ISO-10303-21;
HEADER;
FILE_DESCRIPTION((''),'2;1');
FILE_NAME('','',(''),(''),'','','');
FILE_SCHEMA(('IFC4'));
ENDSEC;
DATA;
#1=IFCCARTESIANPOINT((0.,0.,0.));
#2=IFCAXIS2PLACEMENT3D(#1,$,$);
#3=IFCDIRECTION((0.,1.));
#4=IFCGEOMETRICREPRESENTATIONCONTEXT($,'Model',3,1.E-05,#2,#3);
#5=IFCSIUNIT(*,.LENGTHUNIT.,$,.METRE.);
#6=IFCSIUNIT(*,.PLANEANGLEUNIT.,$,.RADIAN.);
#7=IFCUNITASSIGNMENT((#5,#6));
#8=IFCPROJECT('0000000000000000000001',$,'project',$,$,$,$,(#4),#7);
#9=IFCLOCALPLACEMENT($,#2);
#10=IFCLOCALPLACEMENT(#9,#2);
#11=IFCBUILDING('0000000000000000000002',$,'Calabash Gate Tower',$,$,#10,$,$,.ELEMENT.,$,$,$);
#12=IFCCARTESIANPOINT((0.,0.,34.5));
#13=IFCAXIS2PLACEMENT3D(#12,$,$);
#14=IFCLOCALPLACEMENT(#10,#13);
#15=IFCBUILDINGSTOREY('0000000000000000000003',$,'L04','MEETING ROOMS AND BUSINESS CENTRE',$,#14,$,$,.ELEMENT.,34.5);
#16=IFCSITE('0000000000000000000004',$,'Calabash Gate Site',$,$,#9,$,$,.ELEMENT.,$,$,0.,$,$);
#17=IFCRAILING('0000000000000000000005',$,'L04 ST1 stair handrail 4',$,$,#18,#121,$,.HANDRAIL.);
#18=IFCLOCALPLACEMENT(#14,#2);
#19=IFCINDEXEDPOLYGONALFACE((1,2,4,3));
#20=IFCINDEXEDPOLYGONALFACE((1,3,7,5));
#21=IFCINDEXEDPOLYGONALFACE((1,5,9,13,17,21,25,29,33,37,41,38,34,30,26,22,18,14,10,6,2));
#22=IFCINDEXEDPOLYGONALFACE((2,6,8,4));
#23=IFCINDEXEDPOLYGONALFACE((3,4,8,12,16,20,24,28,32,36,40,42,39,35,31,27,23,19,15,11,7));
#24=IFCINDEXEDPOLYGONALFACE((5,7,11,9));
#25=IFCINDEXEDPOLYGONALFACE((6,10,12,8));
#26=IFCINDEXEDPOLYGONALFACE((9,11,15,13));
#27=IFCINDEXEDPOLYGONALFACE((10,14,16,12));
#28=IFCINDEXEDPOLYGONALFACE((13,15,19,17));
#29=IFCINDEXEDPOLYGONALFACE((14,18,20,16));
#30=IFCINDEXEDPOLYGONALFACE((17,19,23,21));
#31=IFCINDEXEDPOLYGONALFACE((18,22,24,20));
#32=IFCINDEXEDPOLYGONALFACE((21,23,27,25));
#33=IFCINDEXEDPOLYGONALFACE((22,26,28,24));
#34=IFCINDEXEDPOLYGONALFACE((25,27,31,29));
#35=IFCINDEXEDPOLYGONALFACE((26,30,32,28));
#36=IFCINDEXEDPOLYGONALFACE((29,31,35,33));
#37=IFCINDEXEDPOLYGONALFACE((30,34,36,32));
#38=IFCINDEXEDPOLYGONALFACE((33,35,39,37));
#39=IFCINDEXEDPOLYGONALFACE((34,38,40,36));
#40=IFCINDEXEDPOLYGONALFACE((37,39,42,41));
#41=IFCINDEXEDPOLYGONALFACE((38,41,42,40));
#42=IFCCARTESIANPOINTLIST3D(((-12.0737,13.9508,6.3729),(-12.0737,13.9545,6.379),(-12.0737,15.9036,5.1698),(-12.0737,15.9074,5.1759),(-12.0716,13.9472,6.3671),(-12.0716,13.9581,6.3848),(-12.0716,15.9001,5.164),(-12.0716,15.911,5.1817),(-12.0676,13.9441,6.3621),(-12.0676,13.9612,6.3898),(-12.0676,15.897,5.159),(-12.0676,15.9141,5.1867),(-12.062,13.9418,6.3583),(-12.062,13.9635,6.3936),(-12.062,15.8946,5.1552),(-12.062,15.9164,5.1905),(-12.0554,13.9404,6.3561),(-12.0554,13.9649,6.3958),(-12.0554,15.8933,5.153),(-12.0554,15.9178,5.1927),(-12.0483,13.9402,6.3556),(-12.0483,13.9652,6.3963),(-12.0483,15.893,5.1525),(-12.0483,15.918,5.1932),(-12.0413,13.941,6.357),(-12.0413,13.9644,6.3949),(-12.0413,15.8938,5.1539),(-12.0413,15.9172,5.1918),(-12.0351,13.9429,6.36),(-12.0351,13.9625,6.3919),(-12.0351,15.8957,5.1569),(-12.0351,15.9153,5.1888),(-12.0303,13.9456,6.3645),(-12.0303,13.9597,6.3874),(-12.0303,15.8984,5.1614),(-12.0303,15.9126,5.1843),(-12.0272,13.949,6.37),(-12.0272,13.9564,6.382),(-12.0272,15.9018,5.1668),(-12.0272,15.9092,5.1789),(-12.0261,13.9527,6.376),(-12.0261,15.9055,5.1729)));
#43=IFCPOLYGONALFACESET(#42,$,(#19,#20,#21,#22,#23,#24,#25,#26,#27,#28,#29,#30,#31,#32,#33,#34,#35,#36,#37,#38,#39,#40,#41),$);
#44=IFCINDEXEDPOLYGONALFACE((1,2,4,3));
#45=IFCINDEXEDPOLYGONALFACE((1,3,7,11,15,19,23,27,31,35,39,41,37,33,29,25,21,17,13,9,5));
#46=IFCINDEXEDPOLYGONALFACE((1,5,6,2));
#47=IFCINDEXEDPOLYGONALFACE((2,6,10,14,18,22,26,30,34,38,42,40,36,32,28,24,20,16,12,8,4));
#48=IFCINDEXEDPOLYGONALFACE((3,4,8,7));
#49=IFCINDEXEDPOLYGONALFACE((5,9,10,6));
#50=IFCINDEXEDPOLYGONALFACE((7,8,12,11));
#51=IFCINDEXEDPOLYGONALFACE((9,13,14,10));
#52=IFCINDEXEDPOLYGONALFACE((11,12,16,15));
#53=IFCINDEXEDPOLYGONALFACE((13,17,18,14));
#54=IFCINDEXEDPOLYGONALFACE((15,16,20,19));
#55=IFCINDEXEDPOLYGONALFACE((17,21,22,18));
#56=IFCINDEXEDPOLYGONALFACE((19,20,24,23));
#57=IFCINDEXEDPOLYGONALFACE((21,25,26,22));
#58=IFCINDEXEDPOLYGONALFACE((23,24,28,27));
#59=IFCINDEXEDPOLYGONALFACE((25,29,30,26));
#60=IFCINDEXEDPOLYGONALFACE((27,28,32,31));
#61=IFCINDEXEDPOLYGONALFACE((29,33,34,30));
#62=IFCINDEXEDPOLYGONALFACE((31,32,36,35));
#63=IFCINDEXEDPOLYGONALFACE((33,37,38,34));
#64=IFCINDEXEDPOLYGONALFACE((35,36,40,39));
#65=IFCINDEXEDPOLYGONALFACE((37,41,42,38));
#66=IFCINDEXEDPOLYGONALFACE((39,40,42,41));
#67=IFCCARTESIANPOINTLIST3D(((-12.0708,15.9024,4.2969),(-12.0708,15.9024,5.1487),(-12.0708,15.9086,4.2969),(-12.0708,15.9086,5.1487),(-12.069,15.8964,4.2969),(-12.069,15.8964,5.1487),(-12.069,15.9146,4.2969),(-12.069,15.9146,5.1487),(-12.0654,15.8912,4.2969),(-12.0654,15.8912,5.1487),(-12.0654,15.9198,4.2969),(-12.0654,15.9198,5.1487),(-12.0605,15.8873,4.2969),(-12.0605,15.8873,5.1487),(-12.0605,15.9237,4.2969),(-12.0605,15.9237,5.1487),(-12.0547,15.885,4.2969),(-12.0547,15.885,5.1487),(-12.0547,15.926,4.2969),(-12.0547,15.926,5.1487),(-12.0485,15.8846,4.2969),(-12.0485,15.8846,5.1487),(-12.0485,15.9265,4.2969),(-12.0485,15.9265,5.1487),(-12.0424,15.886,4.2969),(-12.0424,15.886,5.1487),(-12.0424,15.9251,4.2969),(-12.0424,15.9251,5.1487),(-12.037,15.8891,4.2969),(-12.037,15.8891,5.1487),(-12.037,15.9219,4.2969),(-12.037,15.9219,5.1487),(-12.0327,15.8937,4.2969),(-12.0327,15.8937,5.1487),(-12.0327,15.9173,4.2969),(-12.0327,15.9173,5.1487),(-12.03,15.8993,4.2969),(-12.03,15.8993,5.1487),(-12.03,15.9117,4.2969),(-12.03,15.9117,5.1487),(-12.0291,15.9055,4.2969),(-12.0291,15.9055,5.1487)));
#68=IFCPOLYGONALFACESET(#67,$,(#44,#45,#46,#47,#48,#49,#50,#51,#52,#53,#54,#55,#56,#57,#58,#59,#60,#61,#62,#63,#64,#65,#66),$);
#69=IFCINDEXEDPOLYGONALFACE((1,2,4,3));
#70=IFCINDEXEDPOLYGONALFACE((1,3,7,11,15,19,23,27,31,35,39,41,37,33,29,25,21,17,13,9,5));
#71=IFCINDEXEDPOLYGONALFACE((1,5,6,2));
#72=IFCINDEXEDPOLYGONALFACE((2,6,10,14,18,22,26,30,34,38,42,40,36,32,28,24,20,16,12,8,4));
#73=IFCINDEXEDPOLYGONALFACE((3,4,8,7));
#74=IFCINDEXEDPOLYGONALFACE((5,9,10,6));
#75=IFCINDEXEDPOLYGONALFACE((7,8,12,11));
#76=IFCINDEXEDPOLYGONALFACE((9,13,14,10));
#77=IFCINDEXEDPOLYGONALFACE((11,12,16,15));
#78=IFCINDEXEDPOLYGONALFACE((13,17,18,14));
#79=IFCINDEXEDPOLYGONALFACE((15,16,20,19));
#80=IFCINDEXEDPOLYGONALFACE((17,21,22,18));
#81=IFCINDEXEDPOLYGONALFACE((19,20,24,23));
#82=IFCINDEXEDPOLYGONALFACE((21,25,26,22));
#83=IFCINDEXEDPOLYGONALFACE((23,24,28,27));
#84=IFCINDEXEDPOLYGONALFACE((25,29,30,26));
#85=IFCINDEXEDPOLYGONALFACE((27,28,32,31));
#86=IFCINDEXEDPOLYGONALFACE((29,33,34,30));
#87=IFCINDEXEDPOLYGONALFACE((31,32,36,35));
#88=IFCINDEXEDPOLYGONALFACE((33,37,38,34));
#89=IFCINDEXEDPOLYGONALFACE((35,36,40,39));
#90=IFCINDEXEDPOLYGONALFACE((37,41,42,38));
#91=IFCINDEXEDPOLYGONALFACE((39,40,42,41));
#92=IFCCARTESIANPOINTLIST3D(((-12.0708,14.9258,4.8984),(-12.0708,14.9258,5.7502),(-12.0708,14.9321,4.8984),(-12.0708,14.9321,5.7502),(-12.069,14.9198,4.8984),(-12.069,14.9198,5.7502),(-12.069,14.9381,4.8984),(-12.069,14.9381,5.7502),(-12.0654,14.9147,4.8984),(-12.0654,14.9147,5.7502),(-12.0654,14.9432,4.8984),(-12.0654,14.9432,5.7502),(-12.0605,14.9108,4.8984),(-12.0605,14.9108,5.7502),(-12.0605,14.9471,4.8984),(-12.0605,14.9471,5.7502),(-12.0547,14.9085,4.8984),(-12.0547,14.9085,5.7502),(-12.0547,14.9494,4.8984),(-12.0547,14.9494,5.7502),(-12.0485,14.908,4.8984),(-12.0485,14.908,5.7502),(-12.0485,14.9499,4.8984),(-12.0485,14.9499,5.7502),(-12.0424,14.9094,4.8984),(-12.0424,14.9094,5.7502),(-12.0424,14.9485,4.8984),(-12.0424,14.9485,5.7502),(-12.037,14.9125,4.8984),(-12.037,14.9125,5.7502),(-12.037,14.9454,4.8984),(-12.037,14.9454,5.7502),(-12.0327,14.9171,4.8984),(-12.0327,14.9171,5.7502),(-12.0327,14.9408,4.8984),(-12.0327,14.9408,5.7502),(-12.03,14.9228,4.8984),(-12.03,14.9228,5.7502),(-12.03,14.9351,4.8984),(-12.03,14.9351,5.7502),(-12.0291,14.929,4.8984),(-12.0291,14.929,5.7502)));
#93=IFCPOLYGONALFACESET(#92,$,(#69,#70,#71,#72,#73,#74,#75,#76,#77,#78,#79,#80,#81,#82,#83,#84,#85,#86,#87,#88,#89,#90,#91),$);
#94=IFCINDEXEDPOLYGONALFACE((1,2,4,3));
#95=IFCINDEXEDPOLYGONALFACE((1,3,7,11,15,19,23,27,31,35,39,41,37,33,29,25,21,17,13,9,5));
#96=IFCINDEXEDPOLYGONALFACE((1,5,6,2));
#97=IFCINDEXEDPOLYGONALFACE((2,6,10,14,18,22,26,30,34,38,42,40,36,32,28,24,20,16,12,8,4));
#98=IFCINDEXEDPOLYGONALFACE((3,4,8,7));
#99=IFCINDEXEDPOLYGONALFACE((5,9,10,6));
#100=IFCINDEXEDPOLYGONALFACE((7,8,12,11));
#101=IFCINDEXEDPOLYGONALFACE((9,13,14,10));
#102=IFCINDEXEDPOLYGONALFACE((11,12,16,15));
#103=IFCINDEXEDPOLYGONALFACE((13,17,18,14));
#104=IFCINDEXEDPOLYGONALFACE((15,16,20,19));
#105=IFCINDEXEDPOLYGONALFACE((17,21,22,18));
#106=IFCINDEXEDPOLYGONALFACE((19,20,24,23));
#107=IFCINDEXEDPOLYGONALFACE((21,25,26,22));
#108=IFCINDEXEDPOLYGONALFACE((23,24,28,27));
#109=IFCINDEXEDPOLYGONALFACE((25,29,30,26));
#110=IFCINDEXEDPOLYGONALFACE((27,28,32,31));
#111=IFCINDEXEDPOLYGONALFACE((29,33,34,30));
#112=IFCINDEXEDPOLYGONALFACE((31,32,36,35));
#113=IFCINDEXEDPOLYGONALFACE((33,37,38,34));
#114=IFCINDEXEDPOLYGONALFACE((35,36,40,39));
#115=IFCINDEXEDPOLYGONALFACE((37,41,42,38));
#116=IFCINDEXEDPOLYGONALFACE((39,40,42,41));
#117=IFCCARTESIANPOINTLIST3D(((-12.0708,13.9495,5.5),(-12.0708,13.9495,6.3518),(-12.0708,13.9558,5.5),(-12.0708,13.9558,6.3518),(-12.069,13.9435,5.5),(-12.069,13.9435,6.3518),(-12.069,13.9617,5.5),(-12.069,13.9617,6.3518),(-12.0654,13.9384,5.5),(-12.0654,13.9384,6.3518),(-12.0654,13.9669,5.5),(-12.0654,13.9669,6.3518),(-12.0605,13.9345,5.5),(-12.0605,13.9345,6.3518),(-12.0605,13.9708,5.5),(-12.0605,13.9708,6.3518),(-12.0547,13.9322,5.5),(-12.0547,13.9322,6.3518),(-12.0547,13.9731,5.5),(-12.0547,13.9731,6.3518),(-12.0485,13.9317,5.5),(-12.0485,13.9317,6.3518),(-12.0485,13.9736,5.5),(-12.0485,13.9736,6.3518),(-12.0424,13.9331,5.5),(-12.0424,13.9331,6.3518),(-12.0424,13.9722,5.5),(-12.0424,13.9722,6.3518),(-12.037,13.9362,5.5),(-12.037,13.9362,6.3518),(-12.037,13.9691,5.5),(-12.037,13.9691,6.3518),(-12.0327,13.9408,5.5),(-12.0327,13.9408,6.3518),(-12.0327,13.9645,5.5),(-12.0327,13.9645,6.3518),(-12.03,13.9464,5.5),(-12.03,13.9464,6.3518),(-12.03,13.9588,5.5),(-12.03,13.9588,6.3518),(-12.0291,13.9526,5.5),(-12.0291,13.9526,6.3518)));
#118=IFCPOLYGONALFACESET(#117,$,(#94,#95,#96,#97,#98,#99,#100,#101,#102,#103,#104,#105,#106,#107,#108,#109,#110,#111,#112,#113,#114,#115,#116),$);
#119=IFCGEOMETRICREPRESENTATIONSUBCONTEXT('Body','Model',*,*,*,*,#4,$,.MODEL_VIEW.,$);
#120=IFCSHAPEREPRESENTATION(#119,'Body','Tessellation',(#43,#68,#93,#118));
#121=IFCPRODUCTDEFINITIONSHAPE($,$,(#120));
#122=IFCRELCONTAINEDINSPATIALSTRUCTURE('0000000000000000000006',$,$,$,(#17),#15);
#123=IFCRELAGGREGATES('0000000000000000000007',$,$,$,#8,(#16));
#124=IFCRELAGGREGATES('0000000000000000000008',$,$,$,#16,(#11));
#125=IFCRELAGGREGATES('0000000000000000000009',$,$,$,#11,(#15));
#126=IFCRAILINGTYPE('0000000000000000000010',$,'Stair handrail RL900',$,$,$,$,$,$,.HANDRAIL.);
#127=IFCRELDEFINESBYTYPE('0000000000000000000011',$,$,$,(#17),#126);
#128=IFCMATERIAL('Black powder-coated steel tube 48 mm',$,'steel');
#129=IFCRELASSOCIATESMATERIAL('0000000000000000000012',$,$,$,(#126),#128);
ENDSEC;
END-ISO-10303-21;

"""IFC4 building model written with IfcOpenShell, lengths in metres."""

from ifc_helpers import new_model, si_unit, direction, frame, origin, origin_2d, place, context, subcontext, project, spatial, circle, extrude, material, type_object, element, save


model = new_model("IFC4")

# Units and contexts
model_context = context("Model", 3, precision=1e-05, world=origin(), true_north=direction((0.0, 1.0)))
body_context = subcontext(model_context, "Body", "Model", "MODEL_VIEW")
ifc_project = project(units=[si_unit("LENGTHUNIT", "METRE"), si_unit("PLANEANGLEUNIT", "RADIAN")], contexts=[model_context])

# Site, building, storey
site_placement = place(None, origin())
site = spatial("IfcSite", under=ifc_project, at=site_placement, Name="Calabash Gate Site", CompositionType="ELEMENT", RefElevation=0.0)
building_placement = place(site_placement, origin())
building = spatial("IfcBuilding", under=site, at=building_placement, Name="Calabash Gate Tower", CompositionType="ELEMENT")
storey_placement = place(building_placement, frame((0.0, 0.0, 34.5)))
storey = spatial("IfcBuildingStorey", under=building, at=storey_placement, Name="L04", Description="MEETING ROOMS AND BUSINESS CENTRE", CompositionType="ELEMENT", Elevation=34.5)

# Railing
ifc_material_1 = material(Name="Black powder-coated steel tube 48 mm", Category="steel")
railing_type_1 = type_object("IfcRailingType", Name="Stair handrail RL900", PredefinedType="HANDRAIL", material=ifc_material_1)
railing_1_placement = place(storey_placement, frame((-12.05, 15.9055, 4.2969)))
element("IfcRailing", 1, at=railing_1_placement, inside=storey, type_object=railing_type_1, Name="L04 ST1 stair handrail 4", PredefinedType="HANDRAIL", context=body_context, shape_type="SweptSolid", body=[
    extrude(circle(Radius=0.0239, at=origin_2d()), frame((0.0, 0.0, 0.876), z_axis=(0.0, -0.851395, 0.524525), x_axis=(1.0, 0.0, 0.0)), (0.0, 0.0, 1.0), 2.2937),
    extrude(circle(Radius=0.021, at=origin_2d()), origin(), (0.0, 0.0, 1.0), 0.8518),
    extrude(circle(Radius=0.021, at=origin_2d()), frame((0.0, -0.9766, 0.6016)), (0.0, 0.0, 1.0), 0.8518),
    extrude(circle(Radius=0.021, at=origin_2d()), frame((0.0, -1.9529, 1.2031)), (0.0, 0.0, 1.0), 0.8518),
])

save(model, "model.ifc")
